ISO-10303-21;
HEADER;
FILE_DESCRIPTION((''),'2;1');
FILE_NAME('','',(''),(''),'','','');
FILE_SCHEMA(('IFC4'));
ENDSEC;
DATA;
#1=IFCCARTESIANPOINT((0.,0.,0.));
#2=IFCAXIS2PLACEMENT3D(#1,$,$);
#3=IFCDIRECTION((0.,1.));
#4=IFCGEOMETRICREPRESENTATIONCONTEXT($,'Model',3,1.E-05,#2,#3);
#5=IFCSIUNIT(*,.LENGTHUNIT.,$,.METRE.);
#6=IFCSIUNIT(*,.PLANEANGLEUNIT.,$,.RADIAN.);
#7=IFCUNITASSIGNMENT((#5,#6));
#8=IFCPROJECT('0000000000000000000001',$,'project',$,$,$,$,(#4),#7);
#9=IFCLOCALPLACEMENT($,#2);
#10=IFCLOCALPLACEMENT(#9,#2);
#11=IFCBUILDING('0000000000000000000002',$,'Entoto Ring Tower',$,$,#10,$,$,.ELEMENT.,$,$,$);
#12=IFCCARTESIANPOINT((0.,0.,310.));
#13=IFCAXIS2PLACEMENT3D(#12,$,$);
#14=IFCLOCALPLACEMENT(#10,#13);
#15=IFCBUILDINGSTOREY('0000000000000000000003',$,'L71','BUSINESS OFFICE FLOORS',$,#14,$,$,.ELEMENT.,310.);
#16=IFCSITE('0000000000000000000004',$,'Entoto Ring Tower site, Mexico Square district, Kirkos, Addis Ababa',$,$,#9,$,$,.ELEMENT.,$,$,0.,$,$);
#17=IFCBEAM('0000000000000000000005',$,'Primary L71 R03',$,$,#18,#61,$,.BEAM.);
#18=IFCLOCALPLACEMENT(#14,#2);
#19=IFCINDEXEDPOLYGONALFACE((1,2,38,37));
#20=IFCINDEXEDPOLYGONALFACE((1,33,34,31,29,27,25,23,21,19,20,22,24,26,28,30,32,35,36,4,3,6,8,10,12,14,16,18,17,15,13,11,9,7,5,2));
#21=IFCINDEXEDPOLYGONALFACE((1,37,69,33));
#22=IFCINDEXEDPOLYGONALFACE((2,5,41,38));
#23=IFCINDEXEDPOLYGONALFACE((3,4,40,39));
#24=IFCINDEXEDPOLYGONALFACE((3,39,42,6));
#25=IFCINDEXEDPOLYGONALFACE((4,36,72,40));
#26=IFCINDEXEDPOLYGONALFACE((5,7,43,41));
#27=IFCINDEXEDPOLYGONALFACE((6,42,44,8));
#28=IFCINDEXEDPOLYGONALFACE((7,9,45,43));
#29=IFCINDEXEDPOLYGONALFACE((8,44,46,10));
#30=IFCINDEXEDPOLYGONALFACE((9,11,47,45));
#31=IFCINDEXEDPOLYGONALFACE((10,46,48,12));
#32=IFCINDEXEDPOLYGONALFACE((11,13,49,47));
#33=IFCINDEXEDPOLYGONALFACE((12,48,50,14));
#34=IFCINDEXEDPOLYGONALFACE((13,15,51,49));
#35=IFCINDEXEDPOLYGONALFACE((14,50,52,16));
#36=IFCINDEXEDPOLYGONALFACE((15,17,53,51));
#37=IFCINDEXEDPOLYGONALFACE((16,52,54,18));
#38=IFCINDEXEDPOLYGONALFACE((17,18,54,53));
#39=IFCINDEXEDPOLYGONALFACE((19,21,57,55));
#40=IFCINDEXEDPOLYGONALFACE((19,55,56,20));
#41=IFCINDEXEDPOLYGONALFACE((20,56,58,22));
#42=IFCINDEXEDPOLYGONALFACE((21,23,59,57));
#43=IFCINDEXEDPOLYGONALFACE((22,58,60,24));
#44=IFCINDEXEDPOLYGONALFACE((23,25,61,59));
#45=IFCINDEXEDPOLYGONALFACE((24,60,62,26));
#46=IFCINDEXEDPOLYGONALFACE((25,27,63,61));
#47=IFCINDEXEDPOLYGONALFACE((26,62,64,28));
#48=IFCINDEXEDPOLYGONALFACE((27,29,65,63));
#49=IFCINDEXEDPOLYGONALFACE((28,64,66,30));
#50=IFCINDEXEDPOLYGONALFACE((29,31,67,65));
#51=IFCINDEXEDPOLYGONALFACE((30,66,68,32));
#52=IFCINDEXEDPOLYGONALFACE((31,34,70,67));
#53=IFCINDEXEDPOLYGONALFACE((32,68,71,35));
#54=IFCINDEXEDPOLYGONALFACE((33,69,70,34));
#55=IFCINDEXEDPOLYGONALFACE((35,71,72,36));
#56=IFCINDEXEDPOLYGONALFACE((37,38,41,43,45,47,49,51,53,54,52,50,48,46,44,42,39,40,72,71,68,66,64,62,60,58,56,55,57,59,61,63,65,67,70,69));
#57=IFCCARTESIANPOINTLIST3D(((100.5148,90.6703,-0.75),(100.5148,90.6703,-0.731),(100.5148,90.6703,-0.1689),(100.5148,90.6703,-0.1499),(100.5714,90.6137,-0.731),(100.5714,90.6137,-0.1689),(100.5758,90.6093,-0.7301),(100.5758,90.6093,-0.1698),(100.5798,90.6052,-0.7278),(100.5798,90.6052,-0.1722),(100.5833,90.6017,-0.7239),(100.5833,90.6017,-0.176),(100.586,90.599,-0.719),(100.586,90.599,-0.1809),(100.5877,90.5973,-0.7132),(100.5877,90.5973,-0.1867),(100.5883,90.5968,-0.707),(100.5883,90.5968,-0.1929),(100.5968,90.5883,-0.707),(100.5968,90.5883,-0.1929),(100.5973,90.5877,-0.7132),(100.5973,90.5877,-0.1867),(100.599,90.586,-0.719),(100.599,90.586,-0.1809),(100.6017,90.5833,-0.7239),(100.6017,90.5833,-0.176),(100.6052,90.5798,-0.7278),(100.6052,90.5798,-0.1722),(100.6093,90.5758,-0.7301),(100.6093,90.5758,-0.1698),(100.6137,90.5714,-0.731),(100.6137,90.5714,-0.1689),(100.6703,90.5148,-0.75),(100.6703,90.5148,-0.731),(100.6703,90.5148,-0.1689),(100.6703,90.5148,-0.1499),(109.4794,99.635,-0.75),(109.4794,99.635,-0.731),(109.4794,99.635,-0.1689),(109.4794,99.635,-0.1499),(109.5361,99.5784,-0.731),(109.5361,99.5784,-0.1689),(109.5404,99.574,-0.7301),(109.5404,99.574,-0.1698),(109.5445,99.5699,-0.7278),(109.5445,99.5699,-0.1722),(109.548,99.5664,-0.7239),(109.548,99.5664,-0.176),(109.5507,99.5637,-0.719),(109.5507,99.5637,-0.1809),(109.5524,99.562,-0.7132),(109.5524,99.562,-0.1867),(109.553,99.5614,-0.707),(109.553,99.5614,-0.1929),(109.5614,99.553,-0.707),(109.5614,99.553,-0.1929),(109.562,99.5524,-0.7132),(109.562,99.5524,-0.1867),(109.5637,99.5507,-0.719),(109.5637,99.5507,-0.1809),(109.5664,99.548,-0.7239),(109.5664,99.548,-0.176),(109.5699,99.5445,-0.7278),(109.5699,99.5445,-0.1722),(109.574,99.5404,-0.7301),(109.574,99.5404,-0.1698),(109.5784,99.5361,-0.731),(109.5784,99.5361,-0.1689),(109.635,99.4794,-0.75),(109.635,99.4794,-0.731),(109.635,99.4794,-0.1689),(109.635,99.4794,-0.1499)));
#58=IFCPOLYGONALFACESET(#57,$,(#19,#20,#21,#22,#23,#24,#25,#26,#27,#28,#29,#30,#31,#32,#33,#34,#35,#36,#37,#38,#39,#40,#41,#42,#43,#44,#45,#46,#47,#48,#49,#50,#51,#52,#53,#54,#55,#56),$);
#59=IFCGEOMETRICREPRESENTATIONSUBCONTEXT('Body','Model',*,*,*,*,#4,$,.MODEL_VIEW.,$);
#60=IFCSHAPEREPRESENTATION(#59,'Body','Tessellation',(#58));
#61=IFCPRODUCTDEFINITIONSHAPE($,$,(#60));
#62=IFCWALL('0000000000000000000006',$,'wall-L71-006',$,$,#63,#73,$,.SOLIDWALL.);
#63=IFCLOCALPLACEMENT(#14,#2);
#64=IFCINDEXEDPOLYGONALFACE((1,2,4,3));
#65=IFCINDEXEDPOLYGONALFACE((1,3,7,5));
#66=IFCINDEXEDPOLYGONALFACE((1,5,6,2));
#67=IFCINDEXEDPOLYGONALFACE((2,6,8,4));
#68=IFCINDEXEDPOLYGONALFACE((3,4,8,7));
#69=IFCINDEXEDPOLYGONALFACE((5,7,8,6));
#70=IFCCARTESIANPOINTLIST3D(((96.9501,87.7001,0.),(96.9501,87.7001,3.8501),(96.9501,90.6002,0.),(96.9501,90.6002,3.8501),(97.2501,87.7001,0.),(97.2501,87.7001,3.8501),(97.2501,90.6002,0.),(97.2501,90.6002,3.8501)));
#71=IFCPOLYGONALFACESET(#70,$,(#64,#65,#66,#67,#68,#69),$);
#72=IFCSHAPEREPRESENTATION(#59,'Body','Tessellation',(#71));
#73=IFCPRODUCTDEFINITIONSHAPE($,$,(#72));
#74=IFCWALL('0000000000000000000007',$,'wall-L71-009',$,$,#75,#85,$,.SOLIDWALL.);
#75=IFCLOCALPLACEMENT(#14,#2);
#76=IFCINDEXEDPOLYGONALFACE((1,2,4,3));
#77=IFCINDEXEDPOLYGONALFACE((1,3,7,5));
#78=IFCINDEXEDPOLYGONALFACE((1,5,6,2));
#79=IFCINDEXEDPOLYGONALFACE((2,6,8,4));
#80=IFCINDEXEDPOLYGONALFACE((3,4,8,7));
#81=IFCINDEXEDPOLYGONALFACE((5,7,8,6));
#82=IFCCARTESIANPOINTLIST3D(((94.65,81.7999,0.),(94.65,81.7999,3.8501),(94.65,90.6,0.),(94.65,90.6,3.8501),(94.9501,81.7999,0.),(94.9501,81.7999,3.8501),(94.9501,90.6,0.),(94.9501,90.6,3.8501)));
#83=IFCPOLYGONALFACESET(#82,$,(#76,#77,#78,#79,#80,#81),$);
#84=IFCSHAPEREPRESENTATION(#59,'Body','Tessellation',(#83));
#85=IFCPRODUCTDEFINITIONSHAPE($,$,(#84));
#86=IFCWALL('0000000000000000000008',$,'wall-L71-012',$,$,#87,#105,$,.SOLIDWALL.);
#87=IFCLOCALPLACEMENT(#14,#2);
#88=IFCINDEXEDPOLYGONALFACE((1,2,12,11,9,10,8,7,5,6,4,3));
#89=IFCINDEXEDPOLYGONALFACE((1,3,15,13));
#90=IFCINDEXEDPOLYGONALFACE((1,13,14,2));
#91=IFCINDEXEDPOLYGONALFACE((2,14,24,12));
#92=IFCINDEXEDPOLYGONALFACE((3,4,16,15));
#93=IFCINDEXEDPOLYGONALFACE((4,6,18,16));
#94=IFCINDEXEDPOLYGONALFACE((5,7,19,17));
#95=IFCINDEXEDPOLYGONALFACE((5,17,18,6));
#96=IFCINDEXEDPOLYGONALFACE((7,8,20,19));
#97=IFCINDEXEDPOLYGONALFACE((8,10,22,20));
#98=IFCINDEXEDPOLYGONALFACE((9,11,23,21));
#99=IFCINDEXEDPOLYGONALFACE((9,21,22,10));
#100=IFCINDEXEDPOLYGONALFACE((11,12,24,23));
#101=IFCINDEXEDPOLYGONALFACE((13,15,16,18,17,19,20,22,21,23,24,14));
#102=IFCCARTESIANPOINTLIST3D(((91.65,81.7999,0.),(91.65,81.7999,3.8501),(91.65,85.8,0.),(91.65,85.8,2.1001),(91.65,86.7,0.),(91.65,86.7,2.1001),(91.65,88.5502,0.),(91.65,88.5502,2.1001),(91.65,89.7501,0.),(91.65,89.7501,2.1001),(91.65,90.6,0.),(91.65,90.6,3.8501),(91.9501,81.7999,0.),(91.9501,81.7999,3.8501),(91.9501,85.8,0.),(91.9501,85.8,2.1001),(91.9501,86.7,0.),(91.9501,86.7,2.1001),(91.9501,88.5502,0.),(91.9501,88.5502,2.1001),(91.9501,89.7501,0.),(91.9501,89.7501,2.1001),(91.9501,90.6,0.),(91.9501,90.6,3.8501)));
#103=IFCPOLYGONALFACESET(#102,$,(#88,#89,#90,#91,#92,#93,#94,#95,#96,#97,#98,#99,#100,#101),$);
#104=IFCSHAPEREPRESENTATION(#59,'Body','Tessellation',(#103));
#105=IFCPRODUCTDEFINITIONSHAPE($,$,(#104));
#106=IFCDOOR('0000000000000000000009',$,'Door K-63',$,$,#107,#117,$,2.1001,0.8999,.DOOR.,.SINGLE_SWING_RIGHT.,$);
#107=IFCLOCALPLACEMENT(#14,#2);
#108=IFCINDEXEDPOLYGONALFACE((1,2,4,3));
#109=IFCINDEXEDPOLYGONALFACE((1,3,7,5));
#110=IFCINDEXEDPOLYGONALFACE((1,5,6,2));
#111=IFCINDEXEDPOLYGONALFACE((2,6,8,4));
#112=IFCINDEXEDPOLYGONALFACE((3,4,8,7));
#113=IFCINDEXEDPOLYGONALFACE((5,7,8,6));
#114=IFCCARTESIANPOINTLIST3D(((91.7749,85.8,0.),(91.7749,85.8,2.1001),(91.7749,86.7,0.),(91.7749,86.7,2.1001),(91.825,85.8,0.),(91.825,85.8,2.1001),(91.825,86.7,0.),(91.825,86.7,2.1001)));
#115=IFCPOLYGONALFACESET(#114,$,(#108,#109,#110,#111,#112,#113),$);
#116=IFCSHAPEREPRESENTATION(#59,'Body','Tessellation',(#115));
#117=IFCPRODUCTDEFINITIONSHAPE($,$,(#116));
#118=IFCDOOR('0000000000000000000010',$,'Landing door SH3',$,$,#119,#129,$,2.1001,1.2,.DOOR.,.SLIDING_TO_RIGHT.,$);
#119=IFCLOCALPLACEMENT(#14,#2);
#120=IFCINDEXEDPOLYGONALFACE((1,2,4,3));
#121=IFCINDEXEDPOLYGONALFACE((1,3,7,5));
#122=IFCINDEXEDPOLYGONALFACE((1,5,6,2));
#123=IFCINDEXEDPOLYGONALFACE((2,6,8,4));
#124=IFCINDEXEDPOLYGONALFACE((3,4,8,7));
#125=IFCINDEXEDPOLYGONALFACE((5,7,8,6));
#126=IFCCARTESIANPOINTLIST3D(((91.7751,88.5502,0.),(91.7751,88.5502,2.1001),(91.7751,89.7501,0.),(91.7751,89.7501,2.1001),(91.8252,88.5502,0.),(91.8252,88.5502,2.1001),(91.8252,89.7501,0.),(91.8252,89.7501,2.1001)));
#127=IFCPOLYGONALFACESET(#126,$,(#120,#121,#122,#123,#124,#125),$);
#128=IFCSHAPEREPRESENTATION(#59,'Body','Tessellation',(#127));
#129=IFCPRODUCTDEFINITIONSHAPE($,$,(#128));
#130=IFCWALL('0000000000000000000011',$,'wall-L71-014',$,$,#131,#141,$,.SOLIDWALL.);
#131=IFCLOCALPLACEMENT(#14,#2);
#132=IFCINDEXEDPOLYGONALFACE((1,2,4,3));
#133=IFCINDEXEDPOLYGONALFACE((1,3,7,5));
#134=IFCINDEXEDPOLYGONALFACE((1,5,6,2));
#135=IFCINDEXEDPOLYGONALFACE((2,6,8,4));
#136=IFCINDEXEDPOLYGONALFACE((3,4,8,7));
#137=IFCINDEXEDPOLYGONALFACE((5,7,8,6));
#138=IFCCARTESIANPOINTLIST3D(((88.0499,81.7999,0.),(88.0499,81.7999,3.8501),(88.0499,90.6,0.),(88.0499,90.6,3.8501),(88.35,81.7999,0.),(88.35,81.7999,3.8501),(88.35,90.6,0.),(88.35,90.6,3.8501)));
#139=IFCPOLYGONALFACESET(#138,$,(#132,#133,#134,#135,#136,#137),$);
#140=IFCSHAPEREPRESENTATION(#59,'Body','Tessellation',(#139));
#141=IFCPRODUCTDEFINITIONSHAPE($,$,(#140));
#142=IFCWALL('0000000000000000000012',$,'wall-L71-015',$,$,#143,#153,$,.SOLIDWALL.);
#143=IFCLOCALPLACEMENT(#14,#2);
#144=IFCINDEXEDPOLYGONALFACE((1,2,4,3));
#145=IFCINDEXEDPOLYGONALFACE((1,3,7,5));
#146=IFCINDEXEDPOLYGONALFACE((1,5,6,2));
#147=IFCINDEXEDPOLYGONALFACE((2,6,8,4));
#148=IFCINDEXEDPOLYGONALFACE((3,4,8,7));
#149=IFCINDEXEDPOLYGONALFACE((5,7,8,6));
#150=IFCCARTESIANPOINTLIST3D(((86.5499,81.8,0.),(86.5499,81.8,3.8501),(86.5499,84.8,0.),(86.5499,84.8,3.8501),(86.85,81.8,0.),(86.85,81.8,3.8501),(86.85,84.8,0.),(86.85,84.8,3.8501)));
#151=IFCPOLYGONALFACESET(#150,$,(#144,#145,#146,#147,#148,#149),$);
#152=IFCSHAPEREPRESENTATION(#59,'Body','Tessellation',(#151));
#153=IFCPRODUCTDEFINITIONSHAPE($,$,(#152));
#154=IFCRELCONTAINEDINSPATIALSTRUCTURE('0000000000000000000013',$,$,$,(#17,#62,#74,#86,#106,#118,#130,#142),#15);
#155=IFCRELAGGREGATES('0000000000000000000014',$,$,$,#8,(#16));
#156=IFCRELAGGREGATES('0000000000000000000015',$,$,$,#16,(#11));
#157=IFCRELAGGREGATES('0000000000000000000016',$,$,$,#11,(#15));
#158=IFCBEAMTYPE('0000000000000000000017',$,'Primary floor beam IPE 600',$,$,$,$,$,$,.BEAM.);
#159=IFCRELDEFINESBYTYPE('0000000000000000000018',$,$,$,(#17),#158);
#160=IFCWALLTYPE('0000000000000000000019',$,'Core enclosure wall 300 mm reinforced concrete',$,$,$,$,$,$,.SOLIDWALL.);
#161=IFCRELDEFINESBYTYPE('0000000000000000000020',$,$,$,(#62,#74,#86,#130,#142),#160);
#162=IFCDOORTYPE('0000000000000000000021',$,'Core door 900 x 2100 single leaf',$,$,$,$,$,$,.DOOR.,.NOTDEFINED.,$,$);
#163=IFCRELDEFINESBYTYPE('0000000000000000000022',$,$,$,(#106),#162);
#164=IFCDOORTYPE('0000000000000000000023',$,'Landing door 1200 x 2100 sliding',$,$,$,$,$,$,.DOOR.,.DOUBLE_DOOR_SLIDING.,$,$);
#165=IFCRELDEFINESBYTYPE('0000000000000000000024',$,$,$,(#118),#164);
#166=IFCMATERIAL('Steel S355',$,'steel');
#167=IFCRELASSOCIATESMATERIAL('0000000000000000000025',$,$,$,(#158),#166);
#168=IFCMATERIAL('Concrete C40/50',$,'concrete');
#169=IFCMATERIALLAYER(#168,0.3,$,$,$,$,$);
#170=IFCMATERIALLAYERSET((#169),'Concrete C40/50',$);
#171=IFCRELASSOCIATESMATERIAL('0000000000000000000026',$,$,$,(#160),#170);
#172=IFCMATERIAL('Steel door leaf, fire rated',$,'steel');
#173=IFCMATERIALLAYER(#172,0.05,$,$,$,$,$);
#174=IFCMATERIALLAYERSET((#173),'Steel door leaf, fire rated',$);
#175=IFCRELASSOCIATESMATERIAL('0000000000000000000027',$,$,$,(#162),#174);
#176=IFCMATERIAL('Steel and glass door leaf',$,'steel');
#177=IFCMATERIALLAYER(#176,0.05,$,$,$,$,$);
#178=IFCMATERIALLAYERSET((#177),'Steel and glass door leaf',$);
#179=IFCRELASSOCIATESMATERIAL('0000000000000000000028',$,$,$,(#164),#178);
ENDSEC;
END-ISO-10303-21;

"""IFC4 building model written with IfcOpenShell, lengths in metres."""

from ifc_helpers import new_model, si_unit, direction, frame, frame_2d, origin, origin_2d, place, context, subcontext, project, spatial, rectangle, i_section, extrude, material, layer, layer_set, material_profile, profile_set, type_object, element, fill, save


model = new_model("IFC4")

# Units and contexts
model_context = context("Model", 3, precision=1e-05, world=origin(), true_north=direction((0.0, 1.0)))
body_context = subcontext(model_context, "Body", "Model", "MODEL_VIEW")
ifc_project = project(units=[si_unit("LENGTHUNIT", "METRE"), si_unit("PLANEANGLEUNIT", "RADIAN")], contexts=[model_context])

# Site, building, storey
site_placement = place(None, origin())
site = spatial("IfcSite", under=ifc_project, at=site_placement, Name="Entoto Ring Tower site, Mexico Square district, Kirkos, Addis Ababa", CompositionType="ELEMENT", RefElevation=0.0)
building_placement = place(site_placement, origin())
building = spatial("IfcBuilding", under=site, at=building_placement, Name="Entoto Ring Tower", CompositionType="ELEMENT")
storey_placement = place(building_placement, frame((0.0, 0.0, 310.0)))
storey = spatial("IfcBuildingStorey", under=building, at=storey_placement, Name="L71", Description="BUSINESS OFFICE FLOORS", CompositionType="ELEMENT", Elevation=310.0)

# Beam
ifc_material_1 = material(Name="Steel S355", Category="steel")
ifc_material_profile = material_profile(ifc_material_1, i_section(OverallWidth=0.22, OverallDepth=0.6001, WebThickness=0.012, FlangeThickness=0.019, FilletRadius=0.0239, at=origin_2d()), Name="IPE 600")
ifc_profile_set = profile_set([ifc_material_profile], Name="Steel S355")
beam_type = type_object("IfcBeamType", Name="Primary floor beam IPE 600", PredefinedType="BEAM", material=ifc_profile_set)
beam_placement = place(storey_placement, frame((100.5925, 90.5925, -0.45), z_axis=(0.707107, 0.707107, 0.0), x_axis=(-0.707107, 0.707107, 0.0)))
element("IfcBeam", 1, at=beam_placement, inside=storey, type_object=beam_type, Name="Primary L71 R03", PredefinedType="BEAM", context=body_context, shape_type="SweptSolid", body=[
    extrude(i_section(OverallWidth=0.22, OverallDepth=0.6001, WebThickness=0.012, FlangeThickness=0.019, FilletRadius=0.0239, at=origin_2d()), origin(), (0.0, 0.0, 1.0), 12.678),
])

# Walls
ifc_material_2 = material(Name="Concrete C40/50", Category="concrete")
ifc_layer_1 = layer(ifc_material_2, 0.3)
ifc_layer_set_1 = layer_set([ifc_layer_1], Name="Concrete C40/50")
wall_type_1 = type_object("IfcWallType", Name="Core enclosure wall 300 mm reinforced concrete", PredefinedType="SOLIDWALL", material=ifc_layer_set_1)
wall_1_placement = place(storey_placement, frame((97.1001, 87.7, 0.0), z_axis=(0.0, 0.0, 1.0), x_axis=(0.0, 1.0, 0.0)))
element("IfcWall", 2, at=wall_1_placement, inside=storey, type_object=wall_type_1, Name="wall-L71-006", PredefinedType="SOLIDWALL", context=body_context, shape_type="SweptSolid", body=[
    extrude(rectangle(XDim=2.9001, YDim=0.3, at=frame_2d((1.4502, 0.0))), origin(), (0.0, 0.0, 1.0), 3.8501),
])
wall_2_placement = place(storey_placement, frame((94.8, 81.8, 0.0), z_axis=(0.0, 0.0, 1.0), x_axis=(0.0, 1.0, 0.0)))
element("IfcWall", 3, at=wall_2_placement, inside=storey, type_object=wall_type_1, Name="wall-L71-009", PredefinedType="SOLIDWALL", context=body_context, shape_type="SweptSolid", body=[
    extrude(rectangle(XDim=8.8, YDim=0.3, at=frame_2d((4.3999, 0.0))), origin(), (0.0, 0.0, 1.0), 3.8501),
])

# Wall, openings, doors
wall_3_placement = place(storey_placement, frame((91.8, 81.8, 0.0), z_axis=(0.0, 0.0, 1.0), x_axis=(0.0, 1.0, 0.0)))
wall_3 = element("IfcWall", 4, at=wall_3_placement, inside=storey, type_object=wall_type_1, Name="wall-L71-012", PredefinedType="SOLIDWALL", context=body_context, shape_type="SweptSolid", body=[
    extrude(rectangle(XDim=8.8, YDim=0.3, at=frame_2d((4.3999, 0.0))), origin(), (0.0, 0.0, 1.0), 3.8501),
])
opening_1_placement = place(wall_3_placement, frame((6.75, 0.0, 0.0)))
opening_1 = element("IfcOpeningElement", 5, at=opening_1_placement, cuts=wall_3, PredefinedType="OPENING", context=body_context, shape_type="SweptSolid", body=[
    extrude(rectangle(XDim=1.2, YDim=2.1001, at=frame_2d((0.6001, 1.05))), frame((0.0, 0.1602, 0.0), z_axis=(0.0, -1.0, 0.0), x_axis=(1.0, 0.0, 0.0)), (0.0, 0.0, 1.0), 0.3201),
])
opening_2_placement = place(wall_3_placement, frame((4.0, 0.0, 0.0)))
opening_2 = element("IfcOpeningElement", 6, at=opening_2_placement, cuts=wall_3, PredefinedType="OPENING", context=body_context, shape_type="SweptSolid", body=[
    extrude(rectangle(XDim=0.8999, YDim=2.1001, at=frame_2d((0.45, 1.05))), frame((0.0, 0.1602, 0.0), z_axis=(0.0, -1.0, 0.0), x_axis=(1.0, 0.0, 0.0)), (0.0, 0.0, 1.0), 0.3201),
])
ifc_material_3 = material(Name="Steel door leaf, fire rated", Category="steel")
ifc_layer_2 = layer(ifc_material_3, 0.05)
ifc_layer_set_2 = layer_set([ifc_layer_2], Name="Steel door leaf, fire rated")
door_type_1 = type_object("IfcDoorType", Name="Core door 900 x 2100 single leaf", OperationType="NOTDEFINED", PredefinedType="DOOR", material=ifc_layer_set_2)
door_1_placement = place(opening_2_placement, frame((0.8999, 0.0, 0.0), z_axis=(0.0, 0.0, 1.0), x_axis=(-1.0, 0.0, 0.0)))
door_1 = element("IfcDoor", 7, at=door_1_placement, inside=storey, type_object=door_type_1, Name="Door K-63", OperationType="SINGLE_SWING_RIGHT", OverallHeight=2.1001, OverallWidth=0.8999, PredefinedType="DOOR", context=body_context, shape_type="SweptSolid", body=[
    extrude(rectangle(XDim=0.8999, YDim=2.1001, at=frame_2d((0.45, 1.05))), frame((0.0, 0.0249, 0.0), z_axis=(0.0, -1.0, 0.0), x_axis=(1.0, 0.0, 0.0)), (0.0, 0.0, 1.0), 0.05),
])
fill(opening_2, door_1)
ifc_material_4 = material(Name="Steel and glass door leaf", Category="steel")
ifc_layer_3 = layer(ifc_material_4, 0.05)
ifc_layer_set_3 = layer_set([ifc_layer_3], Name="Steel and glass door leaf")
door_type_2 = type_object("IfcDoorType", Name="Landing door 1200 x 2100 sliding", OperationType="DOUBLE_DOOR_SLIDING", PredefinedType="DOOR", material=ifc_layer_set_3)
door_2_placement = place(opening_1_placement, origin())
door_2 = element("IfcDoor", 8, at=door_2_placement, inside=storey, type_object=door_type_2, Name="Landing door SH3", OperationType="SLIDING_TO_RIGHT", OverallHeight=2.1001, OverallWidth=1.2, PredefinedType="DOOR", context=body_context, shape_type="SweptSolid", body=[
    extrude(rectangle(XDim=1.2, YDim=2.1001, at=frame_2d((0.6001, 1.05))), frame((0.0, 0.0249, 0.0), z_axis=(0.0, -1.0, 0.0), x_axis=(1.0, 0.0, 0.0)), (0.0, 0.0, 1.0), 0.05),
])
fill(opening_1, door_2)

# Walls
wall_4_placement = place(storey_placement, frame((88.2, 81.8, 0.0), z_axis=(0.0, 0.0, 1.0), x_axis=(0.0, 1.0, 0.0)))
element("IfcWall", 9, at=wall_4_placement, inside=storey, type_object=wall_type_1, Name="wall-L71-014", PredefinedType="SOLIDWALL", context=body_context, shape_type="SweptSolid", body=[
    extrude(rectangle(XDim=8.8, YDim=0.3, at=frame_2d((4.3999, 0.0))), origin(), (0.0, 0.0, 1.0), 3.8501),
])
wall_5_placement = place(storey_placement, frame((86.7, 81.8, 0.0), z_axis=(0.0, 0.0, 1.0), x_axis=(0.0, 1.0, 0.0)))
element("IfcWall", 10, at=wall_5_placement, inside=storey, type_object=wall_type_1, Name="wall-L71-015", PredefinedType="SOLIDWALL", context=body_context, shape_type="SweptSolid", body=[
    extrude(rectangle(XDim=3.0, YDim=0.3, at=frame_2d((1.5, 0.0))), origin(), (0.0, 0.0, 1.0), 3.8501),
])

save(model, "model.ifc")
